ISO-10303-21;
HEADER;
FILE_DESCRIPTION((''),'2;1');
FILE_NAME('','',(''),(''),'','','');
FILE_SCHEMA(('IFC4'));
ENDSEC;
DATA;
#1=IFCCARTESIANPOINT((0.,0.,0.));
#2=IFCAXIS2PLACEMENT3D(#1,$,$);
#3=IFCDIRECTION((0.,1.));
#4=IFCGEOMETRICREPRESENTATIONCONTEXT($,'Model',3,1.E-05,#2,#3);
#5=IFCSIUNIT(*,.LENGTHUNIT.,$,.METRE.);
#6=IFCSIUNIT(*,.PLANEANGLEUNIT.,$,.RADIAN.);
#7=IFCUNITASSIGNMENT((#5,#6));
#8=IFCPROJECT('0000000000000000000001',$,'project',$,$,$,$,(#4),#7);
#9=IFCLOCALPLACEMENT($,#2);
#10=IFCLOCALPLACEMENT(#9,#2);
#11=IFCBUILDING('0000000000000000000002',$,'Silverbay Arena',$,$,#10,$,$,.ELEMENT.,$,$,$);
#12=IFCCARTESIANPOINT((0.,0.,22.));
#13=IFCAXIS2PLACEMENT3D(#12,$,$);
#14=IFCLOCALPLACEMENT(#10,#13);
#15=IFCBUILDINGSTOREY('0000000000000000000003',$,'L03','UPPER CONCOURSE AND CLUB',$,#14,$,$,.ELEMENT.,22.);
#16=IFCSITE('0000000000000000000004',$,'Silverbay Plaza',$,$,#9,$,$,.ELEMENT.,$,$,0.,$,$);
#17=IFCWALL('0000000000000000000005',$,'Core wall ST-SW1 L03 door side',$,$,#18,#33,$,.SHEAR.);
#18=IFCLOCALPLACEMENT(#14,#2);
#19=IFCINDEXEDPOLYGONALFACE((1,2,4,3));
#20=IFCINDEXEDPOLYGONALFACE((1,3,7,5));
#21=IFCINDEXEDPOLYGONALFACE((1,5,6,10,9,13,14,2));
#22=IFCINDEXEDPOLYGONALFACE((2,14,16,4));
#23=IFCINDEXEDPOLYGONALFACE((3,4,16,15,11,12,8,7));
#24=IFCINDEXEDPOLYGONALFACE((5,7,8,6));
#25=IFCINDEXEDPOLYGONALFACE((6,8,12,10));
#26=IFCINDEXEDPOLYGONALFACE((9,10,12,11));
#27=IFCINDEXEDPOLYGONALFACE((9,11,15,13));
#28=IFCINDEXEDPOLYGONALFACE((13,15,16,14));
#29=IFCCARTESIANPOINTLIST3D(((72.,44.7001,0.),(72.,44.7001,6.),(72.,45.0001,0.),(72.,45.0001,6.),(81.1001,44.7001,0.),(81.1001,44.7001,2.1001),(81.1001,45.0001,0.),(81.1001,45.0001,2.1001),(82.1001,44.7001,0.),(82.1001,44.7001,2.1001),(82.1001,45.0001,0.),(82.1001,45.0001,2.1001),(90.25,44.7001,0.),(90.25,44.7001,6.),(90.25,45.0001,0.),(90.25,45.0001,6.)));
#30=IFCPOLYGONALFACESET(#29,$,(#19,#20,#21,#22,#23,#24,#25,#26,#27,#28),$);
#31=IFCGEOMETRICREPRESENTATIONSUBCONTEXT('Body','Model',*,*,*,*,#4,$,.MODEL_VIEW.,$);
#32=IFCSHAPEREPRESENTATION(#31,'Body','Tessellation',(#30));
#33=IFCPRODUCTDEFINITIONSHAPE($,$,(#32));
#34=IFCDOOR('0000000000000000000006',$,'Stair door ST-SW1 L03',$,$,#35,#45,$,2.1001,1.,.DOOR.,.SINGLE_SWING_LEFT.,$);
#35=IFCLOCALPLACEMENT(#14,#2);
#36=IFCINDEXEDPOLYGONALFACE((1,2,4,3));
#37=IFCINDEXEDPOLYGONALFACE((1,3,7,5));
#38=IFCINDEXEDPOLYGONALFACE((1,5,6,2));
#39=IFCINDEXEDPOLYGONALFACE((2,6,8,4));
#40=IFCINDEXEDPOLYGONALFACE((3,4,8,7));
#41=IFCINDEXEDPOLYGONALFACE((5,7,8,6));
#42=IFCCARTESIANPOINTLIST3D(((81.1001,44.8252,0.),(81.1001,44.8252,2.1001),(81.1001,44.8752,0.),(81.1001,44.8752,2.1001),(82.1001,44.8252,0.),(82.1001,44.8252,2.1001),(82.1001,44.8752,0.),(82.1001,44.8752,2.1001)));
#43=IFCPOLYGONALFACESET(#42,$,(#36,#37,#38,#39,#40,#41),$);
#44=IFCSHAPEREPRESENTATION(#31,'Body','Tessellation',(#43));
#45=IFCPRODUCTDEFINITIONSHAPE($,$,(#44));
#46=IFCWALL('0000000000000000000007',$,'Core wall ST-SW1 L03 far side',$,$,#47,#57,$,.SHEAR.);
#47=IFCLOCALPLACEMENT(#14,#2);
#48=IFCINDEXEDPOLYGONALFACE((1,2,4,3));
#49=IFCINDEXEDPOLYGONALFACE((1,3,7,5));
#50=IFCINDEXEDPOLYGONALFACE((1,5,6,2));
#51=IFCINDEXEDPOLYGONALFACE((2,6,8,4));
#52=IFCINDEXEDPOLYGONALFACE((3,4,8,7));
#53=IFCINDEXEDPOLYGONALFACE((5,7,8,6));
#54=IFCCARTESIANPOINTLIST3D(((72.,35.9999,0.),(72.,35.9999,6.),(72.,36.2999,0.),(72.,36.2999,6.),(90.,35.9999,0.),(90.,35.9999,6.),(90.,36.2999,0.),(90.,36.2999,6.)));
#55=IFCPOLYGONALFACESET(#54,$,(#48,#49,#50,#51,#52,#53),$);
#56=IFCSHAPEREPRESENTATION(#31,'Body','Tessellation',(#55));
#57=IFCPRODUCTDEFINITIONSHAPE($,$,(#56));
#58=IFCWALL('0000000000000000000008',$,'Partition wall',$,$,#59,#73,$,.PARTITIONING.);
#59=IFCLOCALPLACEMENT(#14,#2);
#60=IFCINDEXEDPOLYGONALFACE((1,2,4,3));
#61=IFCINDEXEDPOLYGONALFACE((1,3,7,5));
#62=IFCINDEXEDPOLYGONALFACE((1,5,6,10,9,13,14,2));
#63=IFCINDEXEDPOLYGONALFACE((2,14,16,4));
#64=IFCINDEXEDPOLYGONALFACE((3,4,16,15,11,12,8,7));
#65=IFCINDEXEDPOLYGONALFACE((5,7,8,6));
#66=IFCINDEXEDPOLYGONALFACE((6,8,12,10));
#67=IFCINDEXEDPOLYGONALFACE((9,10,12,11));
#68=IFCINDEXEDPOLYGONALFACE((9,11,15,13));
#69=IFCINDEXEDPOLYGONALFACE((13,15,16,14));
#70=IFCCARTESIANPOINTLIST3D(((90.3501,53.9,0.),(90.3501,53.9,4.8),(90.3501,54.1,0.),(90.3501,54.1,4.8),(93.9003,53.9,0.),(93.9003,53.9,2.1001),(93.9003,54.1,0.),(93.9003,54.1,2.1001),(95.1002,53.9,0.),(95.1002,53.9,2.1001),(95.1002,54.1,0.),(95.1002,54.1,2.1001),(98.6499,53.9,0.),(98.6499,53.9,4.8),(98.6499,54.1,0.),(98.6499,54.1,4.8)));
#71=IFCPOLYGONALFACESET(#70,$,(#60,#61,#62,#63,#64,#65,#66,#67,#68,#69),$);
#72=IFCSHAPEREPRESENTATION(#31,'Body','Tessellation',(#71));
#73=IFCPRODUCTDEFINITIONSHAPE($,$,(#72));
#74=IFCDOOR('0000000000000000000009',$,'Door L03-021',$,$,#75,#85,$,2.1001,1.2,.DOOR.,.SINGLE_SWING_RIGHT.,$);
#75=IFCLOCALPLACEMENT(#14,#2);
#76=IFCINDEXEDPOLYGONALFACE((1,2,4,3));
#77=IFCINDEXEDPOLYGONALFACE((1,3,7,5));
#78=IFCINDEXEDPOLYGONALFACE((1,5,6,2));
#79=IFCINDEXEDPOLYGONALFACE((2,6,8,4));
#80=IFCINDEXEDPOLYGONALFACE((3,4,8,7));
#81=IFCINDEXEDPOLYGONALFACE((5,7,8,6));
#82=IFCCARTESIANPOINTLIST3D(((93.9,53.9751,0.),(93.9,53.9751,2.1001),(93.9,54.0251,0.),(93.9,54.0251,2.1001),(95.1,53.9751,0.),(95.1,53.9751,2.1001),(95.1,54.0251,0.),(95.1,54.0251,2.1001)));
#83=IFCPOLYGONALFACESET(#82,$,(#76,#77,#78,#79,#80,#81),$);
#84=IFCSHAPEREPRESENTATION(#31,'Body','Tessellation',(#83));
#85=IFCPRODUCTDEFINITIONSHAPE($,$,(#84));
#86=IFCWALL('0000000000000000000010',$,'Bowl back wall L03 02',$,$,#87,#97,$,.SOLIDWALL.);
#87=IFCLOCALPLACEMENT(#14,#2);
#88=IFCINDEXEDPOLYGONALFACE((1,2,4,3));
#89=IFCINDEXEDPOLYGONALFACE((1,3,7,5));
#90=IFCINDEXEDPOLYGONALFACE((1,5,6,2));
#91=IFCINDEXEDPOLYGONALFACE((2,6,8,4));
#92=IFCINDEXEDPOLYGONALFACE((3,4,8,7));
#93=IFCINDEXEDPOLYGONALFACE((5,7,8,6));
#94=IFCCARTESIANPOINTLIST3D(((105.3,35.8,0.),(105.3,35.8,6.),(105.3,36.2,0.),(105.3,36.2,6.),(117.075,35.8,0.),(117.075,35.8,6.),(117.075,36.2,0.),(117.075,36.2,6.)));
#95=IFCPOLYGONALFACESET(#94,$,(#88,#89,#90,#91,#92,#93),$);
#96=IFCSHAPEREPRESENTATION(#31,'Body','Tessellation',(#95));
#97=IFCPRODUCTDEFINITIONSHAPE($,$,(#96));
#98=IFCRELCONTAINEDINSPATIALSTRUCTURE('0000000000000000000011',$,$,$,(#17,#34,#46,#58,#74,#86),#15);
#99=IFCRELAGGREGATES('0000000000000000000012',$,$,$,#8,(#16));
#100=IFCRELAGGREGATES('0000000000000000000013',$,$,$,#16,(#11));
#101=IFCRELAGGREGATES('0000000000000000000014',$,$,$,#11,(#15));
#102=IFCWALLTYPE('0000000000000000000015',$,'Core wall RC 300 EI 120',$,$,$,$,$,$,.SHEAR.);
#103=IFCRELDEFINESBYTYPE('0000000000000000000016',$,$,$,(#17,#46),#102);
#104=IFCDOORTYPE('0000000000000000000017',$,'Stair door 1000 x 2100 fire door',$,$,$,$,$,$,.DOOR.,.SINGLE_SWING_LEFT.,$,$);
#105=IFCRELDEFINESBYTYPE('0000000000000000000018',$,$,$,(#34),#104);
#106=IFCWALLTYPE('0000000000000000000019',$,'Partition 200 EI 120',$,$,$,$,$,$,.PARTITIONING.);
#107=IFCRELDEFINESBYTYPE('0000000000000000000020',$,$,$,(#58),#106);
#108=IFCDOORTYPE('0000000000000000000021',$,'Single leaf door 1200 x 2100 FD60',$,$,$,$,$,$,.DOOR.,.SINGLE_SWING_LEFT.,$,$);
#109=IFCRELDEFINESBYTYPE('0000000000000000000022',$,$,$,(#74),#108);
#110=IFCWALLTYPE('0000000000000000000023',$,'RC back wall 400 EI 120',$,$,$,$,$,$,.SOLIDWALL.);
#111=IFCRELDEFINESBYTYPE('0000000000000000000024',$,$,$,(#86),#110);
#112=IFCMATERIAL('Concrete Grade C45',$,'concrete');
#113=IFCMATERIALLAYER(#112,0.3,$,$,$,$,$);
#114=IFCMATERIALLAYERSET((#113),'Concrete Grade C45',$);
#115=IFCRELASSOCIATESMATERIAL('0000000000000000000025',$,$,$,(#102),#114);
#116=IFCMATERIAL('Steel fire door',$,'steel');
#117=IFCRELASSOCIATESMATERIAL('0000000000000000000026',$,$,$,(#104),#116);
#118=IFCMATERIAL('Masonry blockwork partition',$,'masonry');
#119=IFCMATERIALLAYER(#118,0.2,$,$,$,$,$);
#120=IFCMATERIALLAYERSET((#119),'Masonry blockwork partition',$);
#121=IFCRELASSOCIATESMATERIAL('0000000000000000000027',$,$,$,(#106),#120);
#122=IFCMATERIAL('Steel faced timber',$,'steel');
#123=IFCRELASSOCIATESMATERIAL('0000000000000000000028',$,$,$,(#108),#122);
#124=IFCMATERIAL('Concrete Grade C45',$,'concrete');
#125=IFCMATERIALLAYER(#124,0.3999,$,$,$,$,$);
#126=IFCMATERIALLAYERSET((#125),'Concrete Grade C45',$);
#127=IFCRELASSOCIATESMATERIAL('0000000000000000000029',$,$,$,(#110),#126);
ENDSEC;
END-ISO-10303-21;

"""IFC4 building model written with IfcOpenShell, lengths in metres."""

from ifc_helpers import new_model, si_unit, direction, frame, frame_2d, origin, place, context, subcontext, project, spatial, rectangle, extrude, material, layer, layer_set, type_object, element, fill, save


model = new_model("IFC4")

# Units and contexts
model_context = context("Model", 3, precision=1e-05, world=origin(), true_north=direction((0.0, 1.0)))
body_context = subcontext(model_context, "Body", "Model", "MODEL_VIEW")
ifc_project = project(units=[si_unit("LENGTHUNIT", "METRE"), si_unit("PLANEANGLEUNIT", "RADIAN")], contexts=[model_context])

# Site, building, storey
site_placement = place(None, origin())
site = spatial("IfcSite", under=ifc_project, at=site_placement, Name="Silverbay Plaza", CompositionType="ELEMENT", RefElevation=0.0)
building_placement = place(site_placement, origin())
building = spatial("IfcBuilding", under=site, at=building_placement, Name="Silverbay Arena", CompositionType="ELEMENT")
storey_placement = place(building_placement, frame((0.0, 0.0, 22.0)))
storey = spatial("IfcBuildingStorey", under=building, at=storey_placement, Name="L03", Description="UPPER CONCOURSE AND CLUB", CompositionType="ELEMENT", Elevation=22.0)

# Wall, opening, door
ifc_material_1 = material(Name="Concrete Grade C45", Category="concrete")
ifc_layer_1 = layer(ifc_material_1, 0.3)
ifc_layer_set_1 = layer_set([ifc_layer_1], Name="Concrete Grade C45")
wall_type_1 = type_object("IfcWallType", Name="Core wall RC 300 EI 120", PredefinedType="SHEAR", material=ifc_layer_set_1)
wall_1_placement = place(storey_placement, frame((90.25, 44.8501, 0.0), z_axis=(0.0, 0.0, 1.0), x_axis=(-1.0, 0.0, 0.0)))
wall_1 = element("IfcWall", 1, at=wall_1_placement, inside=storey, type_object=wall_type_1, Name="Core wall ST-SW1 L03 door side", PredefinedType="SHEAR", context=body_context, shape_type="SweptSolid", body=[
    extrude(rectangle(XDim=18.25, YDim=0.3, at=frame_2d((9.125, 0.0))), origin(), (0.0, 0.0, 1.0), 6.0),
])
opening_1_placement = place(wall_1_placement, frame((8.1499, 0.0, 0.0)))
opening_1 = element("IfcOpeningElement", 2, at=opening_1_placement, cuts=wall_1, PredefinedType="OPENING", context=body_context, shape_type="SweptSolid", body=[
    extrude(rectangle(XDim=1.0, YDim=2.1001, at=frame_2d((0.5, 1.05))), frame((0.0, 0.1602, 0.0), z_axis=(0.0, -1.0, 0.0), x_axis=(1.0, 0.0, 0.0)), (0.0, 0.0, 1.0), 0.3201),
])
ifc_material_2 = material(Name="Steel fire door", Category="steel")
door_type_1 = type_object("IfcDoorType", Name="Stair door 1000 x 2100 fire door", OperationType="SINGLE_SWING_LEFT", PredefinedType="DOOR", material=ifc_material_2)
door_1_placement = place(opening_1_placement, origin())
door_1 = element("IfcDoor", 3, at=door_1_placement, inside=storey, type_object=door_type_1, Name="Stair door ST-SW1 L03", OperationType="SINGLE_SWING_LEFT", OverallHeight=2.1001, OverallWidth=1.0, PredefinedType="DOOR", context=body_context, shape_type="SweptSolid", body=[
    extrude(rectangle(XDim=1.0, YDim=2.1001, at=frame_2d((0.5, 1.05))), frame((0.0, 0.0249, 0.0), z_axis=(0.0, -1.0, 0.0), x_axis=(1.0, 0.0, 0.0)), (0.0, 0.0, 1.0), 0.05),
])
fill(opening_1, door_1)

# Wall
wall_2_placement = place(storey_placement, frame((90.0, 36.1499, 0.0), z_axis=(0.0, 0.0, 1.0), x_axis=(-1.0, 0.0, 0.0)))
element("IfcWall", 4, at=wall_2_placement, inside=storey, type_object=wall_type_1, Name="Core wall ST-SW1 L03 far side", PredefinedType="SHEAR", context=body_context, shape_type="SweptSolid", body=[
    extrude(rectangle(XDim=18.0, YDim=0.3, at=frame_2d((9.0, 0.0))), origin(), (0.0, 0.0, 1.0), 6.0),
])

# Wall, opening, door
ifc_material_3 = material(Name="Masonry blockwork partition", Category="masonry")
ifc_layer_2 = layer(ifc_material_3, 0.2)
ifc_layer_set_2 = layer_set([ifc_layer_2], Name="Masonry blockwork partition")
wall_type_2 = type_object("IfcWallType", Name="Partition 200 EI 120", PredefinedType="PARTITIONING", material=ifc_layer_set_2)
wall_3_placement = place(storey_placement, frame((90.3501, 54.0, 0.0), z_axis=(0.0, 0.0, 1.0), x_axis=(1.0, 0.0, 0.0)))
wall_3 = element("IfcWall", 5, at=wall_3_placement, inside=storey, type_object=wall_type_2, Name="Partition wall", PredefinedType="PARTITIONING", context=body_context, shape_type="SweptSolid", body=[
    extrude(rectangle(XDim=8.2998, YDim=0.2, at=frame_2d((4.1499, 0.0))), origin(), (0.0, 0.0, 1.0), 4.8),
])
opening_2_placement = place(wall_3_placement, frame((3.55, 0.0, 0.0)))
opening_2 = element("IfcOpeningElement", 6, at=opening_2_placement, cuts=wall_3, PredefinedType="OPENING", context=body_context, shape_type="SweptSolid", body=[
    extrude(rectangle(XDim=1.2, YDim=2.1001, at=frame_2d((0.6001, 1.05))), frame((0.0, 0.1099, 0.0), z_axis=(0.0, -1.0, 0.0), x_axis=(1.0, 0.0, 0.0)), (0.0, 0.0, 1.0), 0.22),
])
ifc_material_4 = material(Name="Steel faced timber", Category="steel")
door_type_2 = type_object("IfcDoorType", Name="Single leaf door 1200 x 2100 FD60", OperationType="SINGLE_SWING_LEFT", PredefinedType="DOOR", material=ifc_material_4)
door_2_placement = place(opening_2_placement, frame((1.2, 0.0, 0.0), z_axis=(0.0, 0.0, 1.0), x_axis=(-1.0, 0.0, 0.0)))
door_2 = element("IfcDoor", 7, at=door_2_placement, inside=storey, type_object=door_type_2, Name="Door L03-021", OperationType="SINGLE_SWING_RIGHT", OverallHeight=2.1001, OverallWidth=1.2, PredefinedType="DOOR", context=body_context, shape_type="SweptSolid", body=[
    extrude(rectangle(XDim=1.2, YDim=2.1001, at=frame_2d((0.6001, 1.05))), frame((0.0, 0.0249, 0.0), z_axis=(0.0, -1.0, 0.0), x_axis=(1.0, 0.0, 0.0)), (0.0, 0.0, 1.0), 0.05),
])
fill(opening_2, door_2)

# Wall
ifc_material_5 = material(Name="Concrete Grade C45", Category="concrete")
ifc_layer_3 = layer(ifc_material_5, 0.3999)
ifc_layer_set_3 = layer_set([ifc_layer_3], Name="Concrete Grade C45")
wall_type_3 = type_object("IfcWallType", Name="RC back wall 400 EI 120", PredefinedType="SOLIDWALL", material=ifc_layer_set_3)
wall_4_placement = place(storey_placement, frame((105.3, 36.0, 0.0), z_axis=(0.0, 0.0, 1.0), x_axis=(1.0, 0.0, 0.0)))
element("IfcWall", 8, at=wall_4_placement, inside=storey, type_object=wall_type_3, Name="Bowl back wall L03 02", PredefinedType="SOLIDWALL", context=body_context, shape_type="SweptSolid", body=[
    extrude(rectangle(XDim=11.7749, YDim=0.3999, at=frame_2d((5.8875, 0.0))), origin(), (0.0, 0.0, 1.0), 6.0),
])

save(model, "model.ifc")
